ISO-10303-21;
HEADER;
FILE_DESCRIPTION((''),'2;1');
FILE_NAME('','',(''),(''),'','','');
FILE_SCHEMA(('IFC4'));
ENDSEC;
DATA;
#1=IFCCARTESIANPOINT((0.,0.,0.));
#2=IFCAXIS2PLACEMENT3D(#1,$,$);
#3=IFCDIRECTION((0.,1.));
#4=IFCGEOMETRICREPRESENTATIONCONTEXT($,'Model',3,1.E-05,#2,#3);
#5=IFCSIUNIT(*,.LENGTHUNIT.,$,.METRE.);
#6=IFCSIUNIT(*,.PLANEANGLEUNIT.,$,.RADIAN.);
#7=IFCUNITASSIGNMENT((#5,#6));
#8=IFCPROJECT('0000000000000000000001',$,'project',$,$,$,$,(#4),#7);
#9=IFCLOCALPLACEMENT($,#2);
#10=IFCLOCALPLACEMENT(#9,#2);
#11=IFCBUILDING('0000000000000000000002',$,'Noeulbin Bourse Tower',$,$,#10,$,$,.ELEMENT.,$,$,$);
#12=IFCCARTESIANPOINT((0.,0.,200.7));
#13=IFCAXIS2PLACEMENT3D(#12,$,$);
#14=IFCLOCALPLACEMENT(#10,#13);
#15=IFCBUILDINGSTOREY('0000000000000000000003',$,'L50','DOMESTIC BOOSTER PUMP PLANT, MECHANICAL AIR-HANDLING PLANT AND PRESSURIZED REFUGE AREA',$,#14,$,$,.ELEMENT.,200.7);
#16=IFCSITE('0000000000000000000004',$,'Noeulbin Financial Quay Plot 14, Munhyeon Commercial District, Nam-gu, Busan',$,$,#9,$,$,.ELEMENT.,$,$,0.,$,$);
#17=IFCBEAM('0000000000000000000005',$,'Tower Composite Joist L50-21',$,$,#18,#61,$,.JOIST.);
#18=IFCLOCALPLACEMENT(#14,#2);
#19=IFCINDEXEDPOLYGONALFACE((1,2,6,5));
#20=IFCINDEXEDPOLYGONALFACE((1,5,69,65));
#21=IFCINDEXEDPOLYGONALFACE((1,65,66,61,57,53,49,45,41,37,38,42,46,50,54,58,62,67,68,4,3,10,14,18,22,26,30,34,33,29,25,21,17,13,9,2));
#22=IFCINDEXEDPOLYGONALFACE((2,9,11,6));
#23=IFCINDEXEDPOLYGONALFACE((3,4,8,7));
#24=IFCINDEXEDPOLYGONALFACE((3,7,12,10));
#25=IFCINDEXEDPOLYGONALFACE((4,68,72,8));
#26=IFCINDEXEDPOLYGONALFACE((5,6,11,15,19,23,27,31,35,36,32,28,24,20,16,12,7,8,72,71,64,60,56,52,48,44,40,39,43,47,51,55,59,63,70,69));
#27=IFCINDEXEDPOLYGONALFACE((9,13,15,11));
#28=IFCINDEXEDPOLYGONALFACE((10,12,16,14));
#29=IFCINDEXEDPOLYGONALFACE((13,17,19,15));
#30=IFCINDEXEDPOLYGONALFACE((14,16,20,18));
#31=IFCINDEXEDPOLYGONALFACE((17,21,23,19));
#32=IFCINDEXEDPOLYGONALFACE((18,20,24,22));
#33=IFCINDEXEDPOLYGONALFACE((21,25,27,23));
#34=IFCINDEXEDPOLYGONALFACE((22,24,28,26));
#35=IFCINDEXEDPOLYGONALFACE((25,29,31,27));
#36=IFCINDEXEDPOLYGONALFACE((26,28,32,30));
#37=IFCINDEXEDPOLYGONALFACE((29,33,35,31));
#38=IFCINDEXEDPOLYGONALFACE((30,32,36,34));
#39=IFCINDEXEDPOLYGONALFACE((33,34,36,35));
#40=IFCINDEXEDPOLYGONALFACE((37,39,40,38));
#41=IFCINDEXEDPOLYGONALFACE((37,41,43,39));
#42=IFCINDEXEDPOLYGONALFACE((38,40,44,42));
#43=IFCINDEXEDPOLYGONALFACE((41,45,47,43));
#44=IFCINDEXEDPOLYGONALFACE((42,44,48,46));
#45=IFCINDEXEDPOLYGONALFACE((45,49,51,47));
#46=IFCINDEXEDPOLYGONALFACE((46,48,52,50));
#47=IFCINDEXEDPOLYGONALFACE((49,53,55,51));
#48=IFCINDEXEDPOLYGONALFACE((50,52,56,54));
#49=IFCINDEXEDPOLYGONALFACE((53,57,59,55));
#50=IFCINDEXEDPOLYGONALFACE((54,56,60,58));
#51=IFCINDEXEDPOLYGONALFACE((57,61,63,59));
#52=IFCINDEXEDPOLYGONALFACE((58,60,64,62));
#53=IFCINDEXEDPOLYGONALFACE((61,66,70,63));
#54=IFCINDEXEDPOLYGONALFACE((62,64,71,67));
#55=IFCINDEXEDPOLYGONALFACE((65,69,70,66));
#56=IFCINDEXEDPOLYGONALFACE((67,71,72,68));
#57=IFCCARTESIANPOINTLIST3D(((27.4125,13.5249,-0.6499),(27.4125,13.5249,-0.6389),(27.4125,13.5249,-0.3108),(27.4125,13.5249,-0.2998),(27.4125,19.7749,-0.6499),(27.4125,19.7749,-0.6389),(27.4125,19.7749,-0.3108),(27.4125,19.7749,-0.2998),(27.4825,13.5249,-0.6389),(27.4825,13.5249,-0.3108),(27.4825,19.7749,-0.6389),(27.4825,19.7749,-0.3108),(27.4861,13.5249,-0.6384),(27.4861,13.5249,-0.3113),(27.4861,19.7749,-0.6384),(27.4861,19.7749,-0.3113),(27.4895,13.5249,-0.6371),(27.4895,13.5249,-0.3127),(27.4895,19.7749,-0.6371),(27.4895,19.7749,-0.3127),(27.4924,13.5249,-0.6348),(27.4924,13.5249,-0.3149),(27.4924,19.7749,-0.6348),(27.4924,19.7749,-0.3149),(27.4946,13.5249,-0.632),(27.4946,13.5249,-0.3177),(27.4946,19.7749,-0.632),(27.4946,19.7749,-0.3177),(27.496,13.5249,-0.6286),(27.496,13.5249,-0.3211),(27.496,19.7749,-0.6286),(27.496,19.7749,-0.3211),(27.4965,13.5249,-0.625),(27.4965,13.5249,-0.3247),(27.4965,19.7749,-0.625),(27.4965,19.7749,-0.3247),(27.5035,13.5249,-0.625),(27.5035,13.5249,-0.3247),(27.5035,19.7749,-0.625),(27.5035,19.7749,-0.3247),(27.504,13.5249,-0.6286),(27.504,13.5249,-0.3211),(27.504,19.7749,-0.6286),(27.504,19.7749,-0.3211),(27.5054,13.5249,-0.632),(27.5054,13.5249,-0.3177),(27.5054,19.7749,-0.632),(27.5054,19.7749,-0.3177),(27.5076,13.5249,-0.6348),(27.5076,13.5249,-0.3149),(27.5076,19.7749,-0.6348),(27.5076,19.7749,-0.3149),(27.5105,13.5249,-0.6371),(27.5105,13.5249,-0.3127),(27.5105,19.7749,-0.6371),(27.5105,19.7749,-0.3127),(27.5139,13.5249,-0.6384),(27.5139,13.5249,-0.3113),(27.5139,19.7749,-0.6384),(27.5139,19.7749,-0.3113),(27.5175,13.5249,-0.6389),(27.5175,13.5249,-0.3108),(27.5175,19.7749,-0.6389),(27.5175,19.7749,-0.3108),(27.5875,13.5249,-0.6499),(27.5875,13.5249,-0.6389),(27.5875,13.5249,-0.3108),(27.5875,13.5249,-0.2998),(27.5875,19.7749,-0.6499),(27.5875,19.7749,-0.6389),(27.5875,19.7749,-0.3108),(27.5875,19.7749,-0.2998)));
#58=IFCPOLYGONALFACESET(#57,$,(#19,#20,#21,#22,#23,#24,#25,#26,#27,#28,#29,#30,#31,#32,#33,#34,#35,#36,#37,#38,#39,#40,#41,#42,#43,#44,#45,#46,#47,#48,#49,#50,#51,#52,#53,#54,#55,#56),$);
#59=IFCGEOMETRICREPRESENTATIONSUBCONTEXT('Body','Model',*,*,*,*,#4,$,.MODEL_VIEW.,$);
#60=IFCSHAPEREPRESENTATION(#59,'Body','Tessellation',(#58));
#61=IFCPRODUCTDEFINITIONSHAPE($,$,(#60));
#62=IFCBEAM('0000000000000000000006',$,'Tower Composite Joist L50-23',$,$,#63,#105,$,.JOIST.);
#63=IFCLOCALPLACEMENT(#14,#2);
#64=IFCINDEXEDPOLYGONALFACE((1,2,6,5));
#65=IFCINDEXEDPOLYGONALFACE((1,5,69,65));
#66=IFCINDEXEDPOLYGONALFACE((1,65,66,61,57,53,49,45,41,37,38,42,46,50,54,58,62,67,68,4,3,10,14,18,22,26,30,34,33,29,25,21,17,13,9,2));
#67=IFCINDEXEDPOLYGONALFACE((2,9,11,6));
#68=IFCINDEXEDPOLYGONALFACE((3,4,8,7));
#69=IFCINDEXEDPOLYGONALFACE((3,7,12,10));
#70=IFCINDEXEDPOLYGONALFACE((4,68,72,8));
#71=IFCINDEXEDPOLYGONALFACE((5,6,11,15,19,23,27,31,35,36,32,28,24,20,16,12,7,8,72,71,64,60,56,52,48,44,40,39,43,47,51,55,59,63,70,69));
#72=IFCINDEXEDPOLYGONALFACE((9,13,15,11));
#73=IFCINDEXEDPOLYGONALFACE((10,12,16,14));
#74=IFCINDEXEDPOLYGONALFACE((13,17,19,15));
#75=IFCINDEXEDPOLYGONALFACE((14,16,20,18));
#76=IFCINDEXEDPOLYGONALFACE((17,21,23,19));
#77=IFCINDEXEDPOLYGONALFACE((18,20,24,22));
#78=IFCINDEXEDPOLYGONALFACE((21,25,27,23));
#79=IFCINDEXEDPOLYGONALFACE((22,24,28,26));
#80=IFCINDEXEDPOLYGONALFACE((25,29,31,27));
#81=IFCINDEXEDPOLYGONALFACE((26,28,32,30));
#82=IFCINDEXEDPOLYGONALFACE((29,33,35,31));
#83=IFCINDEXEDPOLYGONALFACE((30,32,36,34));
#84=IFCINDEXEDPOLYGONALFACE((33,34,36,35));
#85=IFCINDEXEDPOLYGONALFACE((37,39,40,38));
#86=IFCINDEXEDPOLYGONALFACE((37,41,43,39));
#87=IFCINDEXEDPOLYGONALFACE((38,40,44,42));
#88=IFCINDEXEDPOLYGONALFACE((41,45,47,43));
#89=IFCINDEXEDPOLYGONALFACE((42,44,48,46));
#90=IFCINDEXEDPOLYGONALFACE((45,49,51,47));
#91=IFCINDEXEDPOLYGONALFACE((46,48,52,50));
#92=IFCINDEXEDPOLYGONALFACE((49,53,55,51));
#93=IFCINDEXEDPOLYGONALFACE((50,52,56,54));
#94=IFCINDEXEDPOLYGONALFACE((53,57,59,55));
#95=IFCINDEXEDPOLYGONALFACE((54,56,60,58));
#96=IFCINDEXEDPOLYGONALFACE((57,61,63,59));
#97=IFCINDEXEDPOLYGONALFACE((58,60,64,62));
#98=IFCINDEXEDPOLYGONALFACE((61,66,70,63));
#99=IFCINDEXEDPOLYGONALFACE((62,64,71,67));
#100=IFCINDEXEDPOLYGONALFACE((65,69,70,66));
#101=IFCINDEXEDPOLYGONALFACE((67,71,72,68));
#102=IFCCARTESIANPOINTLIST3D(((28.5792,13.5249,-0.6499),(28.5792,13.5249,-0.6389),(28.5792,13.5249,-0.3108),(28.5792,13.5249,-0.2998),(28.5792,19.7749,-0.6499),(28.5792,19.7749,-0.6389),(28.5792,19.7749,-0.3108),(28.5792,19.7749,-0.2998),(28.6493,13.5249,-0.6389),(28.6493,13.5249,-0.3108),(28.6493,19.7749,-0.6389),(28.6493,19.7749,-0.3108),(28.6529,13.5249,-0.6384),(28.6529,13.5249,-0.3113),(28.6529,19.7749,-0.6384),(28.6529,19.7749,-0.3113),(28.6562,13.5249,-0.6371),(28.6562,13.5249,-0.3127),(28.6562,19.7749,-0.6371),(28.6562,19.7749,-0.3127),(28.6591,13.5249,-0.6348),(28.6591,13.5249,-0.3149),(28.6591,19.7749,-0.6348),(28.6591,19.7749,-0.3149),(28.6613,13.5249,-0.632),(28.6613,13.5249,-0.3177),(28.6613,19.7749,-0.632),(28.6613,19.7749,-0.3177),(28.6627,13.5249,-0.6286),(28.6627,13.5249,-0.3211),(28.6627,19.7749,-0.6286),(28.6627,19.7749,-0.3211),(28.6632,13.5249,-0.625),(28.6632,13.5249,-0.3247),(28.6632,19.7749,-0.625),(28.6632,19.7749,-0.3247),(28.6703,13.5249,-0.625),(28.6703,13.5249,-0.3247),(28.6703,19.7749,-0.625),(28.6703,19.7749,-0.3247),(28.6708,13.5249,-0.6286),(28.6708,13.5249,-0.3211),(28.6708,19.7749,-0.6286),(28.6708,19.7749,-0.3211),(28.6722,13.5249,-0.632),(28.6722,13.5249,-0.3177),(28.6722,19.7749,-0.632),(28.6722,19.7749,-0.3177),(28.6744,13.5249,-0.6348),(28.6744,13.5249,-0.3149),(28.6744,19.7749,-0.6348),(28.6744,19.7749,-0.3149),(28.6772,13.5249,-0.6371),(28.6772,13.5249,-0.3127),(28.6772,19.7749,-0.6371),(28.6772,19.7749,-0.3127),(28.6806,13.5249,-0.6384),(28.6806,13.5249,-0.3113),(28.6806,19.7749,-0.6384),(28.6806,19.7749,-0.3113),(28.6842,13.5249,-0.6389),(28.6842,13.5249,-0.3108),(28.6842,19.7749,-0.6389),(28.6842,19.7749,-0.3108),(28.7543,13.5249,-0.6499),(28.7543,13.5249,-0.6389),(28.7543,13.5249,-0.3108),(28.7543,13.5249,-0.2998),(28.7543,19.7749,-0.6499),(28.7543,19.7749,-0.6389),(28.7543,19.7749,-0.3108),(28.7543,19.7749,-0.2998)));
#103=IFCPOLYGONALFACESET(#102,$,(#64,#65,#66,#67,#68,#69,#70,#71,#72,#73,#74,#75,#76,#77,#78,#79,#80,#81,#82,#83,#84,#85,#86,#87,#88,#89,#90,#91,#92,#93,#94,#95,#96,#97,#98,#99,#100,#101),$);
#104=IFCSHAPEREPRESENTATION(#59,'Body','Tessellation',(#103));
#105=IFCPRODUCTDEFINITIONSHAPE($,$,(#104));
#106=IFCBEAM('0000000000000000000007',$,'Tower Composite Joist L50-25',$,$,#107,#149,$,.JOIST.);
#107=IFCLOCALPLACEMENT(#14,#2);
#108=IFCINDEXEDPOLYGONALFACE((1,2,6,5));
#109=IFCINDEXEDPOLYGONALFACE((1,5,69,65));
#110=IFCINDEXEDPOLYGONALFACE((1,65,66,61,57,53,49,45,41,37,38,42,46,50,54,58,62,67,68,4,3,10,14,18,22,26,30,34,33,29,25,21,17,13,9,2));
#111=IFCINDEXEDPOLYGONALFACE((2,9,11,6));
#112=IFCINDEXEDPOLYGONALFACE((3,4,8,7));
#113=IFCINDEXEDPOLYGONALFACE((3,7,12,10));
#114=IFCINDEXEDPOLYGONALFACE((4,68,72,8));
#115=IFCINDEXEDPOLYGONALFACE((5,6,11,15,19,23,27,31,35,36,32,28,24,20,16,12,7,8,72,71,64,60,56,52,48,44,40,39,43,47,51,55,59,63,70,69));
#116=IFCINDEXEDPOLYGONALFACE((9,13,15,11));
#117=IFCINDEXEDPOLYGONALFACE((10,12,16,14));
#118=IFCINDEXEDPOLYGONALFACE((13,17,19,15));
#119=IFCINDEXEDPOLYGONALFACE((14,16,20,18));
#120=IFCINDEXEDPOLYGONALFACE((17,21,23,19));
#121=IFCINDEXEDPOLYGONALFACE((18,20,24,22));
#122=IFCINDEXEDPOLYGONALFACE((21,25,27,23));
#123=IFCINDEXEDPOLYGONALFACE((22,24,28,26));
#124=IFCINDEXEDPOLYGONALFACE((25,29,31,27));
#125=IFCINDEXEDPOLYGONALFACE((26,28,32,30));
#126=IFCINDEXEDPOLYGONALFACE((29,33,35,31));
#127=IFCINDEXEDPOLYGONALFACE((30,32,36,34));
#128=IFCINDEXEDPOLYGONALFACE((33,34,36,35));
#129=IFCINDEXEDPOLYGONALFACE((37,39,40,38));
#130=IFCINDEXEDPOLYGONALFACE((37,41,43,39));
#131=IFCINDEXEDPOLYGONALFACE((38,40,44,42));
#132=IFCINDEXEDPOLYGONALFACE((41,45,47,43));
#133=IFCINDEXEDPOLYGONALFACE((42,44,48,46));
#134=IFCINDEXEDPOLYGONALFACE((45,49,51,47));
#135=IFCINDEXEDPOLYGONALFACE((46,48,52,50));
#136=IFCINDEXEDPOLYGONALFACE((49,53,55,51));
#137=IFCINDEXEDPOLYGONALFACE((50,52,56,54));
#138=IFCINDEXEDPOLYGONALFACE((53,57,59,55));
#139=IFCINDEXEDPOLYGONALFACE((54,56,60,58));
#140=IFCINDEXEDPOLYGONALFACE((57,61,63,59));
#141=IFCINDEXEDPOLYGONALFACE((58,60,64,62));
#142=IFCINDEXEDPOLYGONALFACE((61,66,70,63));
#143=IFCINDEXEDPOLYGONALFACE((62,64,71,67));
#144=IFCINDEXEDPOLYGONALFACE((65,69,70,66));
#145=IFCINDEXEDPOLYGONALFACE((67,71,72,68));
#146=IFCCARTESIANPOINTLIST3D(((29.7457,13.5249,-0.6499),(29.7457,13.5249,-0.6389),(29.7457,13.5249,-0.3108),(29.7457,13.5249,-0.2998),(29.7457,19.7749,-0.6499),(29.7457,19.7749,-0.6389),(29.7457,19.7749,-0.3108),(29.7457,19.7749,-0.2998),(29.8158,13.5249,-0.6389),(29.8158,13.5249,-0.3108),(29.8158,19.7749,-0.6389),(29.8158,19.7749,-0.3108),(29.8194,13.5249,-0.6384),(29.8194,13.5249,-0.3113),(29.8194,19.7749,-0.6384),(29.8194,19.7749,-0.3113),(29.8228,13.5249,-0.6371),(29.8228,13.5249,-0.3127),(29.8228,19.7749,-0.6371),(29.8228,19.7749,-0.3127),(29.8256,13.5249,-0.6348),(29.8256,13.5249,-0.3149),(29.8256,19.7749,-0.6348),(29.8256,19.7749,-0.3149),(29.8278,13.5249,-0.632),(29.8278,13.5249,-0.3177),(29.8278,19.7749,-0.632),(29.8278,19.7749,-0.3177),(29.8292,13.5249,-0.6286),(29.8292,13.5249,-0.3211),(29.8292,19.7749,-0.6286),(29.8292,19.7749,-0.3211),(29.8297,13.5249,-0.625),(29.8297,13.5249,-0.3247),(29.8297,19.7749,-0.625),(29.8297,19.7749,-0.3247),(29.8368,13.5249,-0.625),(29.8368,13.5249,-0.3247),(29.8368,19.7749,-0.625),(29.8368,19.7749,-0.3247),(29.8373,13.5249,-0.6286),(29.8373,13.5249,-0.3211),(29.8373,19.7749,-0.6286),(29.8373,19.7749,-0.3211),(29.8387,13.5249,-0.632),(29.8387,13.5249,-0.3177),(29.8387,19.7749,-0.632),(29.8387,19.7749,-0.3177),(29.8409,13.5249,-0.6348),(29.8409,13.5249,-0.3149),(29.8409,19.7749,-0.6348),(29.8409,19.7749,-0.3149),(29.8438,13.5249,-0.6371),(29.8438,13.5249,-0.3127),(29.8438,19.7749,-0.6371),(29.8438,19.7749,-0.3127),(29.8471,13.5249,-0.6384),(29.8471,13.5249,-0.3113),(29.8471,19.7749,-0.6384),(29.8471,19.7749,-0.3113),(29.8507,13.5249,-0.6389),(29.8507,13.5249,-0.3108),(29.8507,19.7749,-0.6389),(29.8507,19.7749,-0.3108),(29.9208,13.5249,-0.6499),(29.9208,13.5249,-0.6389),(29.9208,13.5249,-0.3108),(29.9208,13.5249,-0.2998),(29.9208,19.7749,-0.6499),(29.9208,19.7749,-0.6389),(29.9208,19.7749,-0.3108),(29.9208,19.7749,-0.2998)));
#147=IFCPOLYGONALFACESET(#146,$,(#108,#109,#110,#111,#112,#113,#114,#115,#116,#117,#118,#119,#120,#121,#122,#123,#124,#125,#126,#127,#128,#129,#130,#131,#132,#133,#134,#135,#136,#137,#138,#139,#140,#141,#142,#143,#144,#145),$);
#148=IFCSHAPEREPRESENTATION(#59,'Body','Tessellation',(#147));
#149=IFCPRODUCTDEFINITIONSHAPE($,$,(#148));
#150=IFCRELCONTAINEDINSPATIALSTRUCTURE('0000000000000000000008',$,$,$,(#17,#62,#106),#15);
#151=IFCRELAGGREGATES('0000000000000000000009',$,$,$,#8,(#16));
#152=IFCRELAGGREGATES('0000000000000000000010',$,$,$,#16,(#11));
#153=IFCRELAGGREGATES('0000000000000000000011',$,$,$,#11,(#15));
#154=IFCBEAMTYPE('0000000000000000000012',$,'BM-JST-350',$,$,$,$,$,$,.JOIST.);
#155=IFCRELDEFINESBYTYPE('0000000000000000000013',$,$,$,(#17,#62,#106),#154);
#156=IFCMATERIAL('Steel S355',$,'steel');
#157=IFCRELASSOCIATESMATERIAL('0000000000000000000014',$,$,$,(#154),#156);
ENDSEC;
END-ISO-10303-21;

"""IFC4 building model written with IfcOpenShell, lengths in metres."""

from ifc_helpers import new_model, si_unit, direction, frame, origin, origin_2d, place, context, subcontext, project, spatial, i_section, extrude, material, material_profile, profile_set, type_object, element, save


model = new_model("IFC4")

# Units and contexts
model_context = context("Model", 3, precision=1e-05, world=origin(), true_north=direction((0.0, 1.0)))
body_context = subcontext(model_context, "Body", "Model", "MODEL_VIEW")
ifc_project = project(units=[si_unit("LENGTHUNIT", "METRE"), si_unit("PLANEANGLEUNIT", "RADIAN")], contexts=[model_context])

# Site, building, storey
site_placement = place(None, origin())
site = spatial("IfcSite", under=ifc_project, at=site_placement, Name="Noeulbin Financial Quay Plot 14, Munhyeon Commercial District, Nam-gu, Busan", CompositionType="ELEMENT", RefElevation=0.0)
building_placement = place(site_placement, origin())
building = spatial("IfcBuilding", under=site, at=building_placement, Name="Noeulbin Bourse Tower", CompositionType="ELEMENT")
storey_placement = place(building_placement, frame((0.0, 0.0, 200.7)))
storey = spatial("IfcBuildingStorey", under=building, at=storey_placement, Name="L50", Description="DOMESTIC BOOSTER PUMP PLANT, MECHANICAL AIR-HANDLING PLANT AND PRESSURIZED REFUGE AREA", CompositionType="ELEMENT", Elevation=200.7)

# Beams
ifc_material_1 = material(Name="Steel S355", Category="steel")
ifc_material_profile_1 = material_profile(ifc_material_1, i_section(OverallWidth=0.175, OverallDepth=0.3501, WebThickness=0.0071, FlangeThickness=0.011, FilletRadius=0.0139, at=origin_2d()), Name="H-350x175x7x11", Category="LoadBearing")
ifc_profile_set_1 = profile_set([ifc_material_profile_1], Name="Steel S355")
beam_type = type_object("IfcBeamType", Name="BM-JST-350", PredefinedType="JOIST", material=ifc_profile_set_1)
for number, where, z_axis, x_axis, name in (
    (1, (27.5, 13.5249, -0.4749), (0.0, 1.0, 0.0), (-1.0, 0.0, 0.0), "Tower Composite Joist L50-21"),
    (2, (28.6667, 13.5249, -0.4749), (0.0, 1.0, 0.0), (-1.0, 0.0, 0.0), "Tower Composite Joist L50-23"),
    (3, (29.8333, 13.5249, -0.4749), (0.0, 1.0, 0.0), (-1.0, 0.0, 0.0), "Tower Composite Joist L50-25"),
):
    element("IfcBeam", number, at=place(storey_placement, frame(where, z_axis=z_axis, x_axis=x_axis)), inside=storey, type_object=beam_type, Name=name, PredefinedType="JOIST", context=body_context, shape_type="SweptSolid", body=[
        extrude(i_section(OverallWidth=0.175, OverallDepth=0.3501, WebThickness=0.0071, FlangeThickness=0.011, FilletRadius=0.0139, at=origin_2d()), origin(), (0.0, 0.0, 1.0), 6.25),
    ])

save(model, "model.ifc")
